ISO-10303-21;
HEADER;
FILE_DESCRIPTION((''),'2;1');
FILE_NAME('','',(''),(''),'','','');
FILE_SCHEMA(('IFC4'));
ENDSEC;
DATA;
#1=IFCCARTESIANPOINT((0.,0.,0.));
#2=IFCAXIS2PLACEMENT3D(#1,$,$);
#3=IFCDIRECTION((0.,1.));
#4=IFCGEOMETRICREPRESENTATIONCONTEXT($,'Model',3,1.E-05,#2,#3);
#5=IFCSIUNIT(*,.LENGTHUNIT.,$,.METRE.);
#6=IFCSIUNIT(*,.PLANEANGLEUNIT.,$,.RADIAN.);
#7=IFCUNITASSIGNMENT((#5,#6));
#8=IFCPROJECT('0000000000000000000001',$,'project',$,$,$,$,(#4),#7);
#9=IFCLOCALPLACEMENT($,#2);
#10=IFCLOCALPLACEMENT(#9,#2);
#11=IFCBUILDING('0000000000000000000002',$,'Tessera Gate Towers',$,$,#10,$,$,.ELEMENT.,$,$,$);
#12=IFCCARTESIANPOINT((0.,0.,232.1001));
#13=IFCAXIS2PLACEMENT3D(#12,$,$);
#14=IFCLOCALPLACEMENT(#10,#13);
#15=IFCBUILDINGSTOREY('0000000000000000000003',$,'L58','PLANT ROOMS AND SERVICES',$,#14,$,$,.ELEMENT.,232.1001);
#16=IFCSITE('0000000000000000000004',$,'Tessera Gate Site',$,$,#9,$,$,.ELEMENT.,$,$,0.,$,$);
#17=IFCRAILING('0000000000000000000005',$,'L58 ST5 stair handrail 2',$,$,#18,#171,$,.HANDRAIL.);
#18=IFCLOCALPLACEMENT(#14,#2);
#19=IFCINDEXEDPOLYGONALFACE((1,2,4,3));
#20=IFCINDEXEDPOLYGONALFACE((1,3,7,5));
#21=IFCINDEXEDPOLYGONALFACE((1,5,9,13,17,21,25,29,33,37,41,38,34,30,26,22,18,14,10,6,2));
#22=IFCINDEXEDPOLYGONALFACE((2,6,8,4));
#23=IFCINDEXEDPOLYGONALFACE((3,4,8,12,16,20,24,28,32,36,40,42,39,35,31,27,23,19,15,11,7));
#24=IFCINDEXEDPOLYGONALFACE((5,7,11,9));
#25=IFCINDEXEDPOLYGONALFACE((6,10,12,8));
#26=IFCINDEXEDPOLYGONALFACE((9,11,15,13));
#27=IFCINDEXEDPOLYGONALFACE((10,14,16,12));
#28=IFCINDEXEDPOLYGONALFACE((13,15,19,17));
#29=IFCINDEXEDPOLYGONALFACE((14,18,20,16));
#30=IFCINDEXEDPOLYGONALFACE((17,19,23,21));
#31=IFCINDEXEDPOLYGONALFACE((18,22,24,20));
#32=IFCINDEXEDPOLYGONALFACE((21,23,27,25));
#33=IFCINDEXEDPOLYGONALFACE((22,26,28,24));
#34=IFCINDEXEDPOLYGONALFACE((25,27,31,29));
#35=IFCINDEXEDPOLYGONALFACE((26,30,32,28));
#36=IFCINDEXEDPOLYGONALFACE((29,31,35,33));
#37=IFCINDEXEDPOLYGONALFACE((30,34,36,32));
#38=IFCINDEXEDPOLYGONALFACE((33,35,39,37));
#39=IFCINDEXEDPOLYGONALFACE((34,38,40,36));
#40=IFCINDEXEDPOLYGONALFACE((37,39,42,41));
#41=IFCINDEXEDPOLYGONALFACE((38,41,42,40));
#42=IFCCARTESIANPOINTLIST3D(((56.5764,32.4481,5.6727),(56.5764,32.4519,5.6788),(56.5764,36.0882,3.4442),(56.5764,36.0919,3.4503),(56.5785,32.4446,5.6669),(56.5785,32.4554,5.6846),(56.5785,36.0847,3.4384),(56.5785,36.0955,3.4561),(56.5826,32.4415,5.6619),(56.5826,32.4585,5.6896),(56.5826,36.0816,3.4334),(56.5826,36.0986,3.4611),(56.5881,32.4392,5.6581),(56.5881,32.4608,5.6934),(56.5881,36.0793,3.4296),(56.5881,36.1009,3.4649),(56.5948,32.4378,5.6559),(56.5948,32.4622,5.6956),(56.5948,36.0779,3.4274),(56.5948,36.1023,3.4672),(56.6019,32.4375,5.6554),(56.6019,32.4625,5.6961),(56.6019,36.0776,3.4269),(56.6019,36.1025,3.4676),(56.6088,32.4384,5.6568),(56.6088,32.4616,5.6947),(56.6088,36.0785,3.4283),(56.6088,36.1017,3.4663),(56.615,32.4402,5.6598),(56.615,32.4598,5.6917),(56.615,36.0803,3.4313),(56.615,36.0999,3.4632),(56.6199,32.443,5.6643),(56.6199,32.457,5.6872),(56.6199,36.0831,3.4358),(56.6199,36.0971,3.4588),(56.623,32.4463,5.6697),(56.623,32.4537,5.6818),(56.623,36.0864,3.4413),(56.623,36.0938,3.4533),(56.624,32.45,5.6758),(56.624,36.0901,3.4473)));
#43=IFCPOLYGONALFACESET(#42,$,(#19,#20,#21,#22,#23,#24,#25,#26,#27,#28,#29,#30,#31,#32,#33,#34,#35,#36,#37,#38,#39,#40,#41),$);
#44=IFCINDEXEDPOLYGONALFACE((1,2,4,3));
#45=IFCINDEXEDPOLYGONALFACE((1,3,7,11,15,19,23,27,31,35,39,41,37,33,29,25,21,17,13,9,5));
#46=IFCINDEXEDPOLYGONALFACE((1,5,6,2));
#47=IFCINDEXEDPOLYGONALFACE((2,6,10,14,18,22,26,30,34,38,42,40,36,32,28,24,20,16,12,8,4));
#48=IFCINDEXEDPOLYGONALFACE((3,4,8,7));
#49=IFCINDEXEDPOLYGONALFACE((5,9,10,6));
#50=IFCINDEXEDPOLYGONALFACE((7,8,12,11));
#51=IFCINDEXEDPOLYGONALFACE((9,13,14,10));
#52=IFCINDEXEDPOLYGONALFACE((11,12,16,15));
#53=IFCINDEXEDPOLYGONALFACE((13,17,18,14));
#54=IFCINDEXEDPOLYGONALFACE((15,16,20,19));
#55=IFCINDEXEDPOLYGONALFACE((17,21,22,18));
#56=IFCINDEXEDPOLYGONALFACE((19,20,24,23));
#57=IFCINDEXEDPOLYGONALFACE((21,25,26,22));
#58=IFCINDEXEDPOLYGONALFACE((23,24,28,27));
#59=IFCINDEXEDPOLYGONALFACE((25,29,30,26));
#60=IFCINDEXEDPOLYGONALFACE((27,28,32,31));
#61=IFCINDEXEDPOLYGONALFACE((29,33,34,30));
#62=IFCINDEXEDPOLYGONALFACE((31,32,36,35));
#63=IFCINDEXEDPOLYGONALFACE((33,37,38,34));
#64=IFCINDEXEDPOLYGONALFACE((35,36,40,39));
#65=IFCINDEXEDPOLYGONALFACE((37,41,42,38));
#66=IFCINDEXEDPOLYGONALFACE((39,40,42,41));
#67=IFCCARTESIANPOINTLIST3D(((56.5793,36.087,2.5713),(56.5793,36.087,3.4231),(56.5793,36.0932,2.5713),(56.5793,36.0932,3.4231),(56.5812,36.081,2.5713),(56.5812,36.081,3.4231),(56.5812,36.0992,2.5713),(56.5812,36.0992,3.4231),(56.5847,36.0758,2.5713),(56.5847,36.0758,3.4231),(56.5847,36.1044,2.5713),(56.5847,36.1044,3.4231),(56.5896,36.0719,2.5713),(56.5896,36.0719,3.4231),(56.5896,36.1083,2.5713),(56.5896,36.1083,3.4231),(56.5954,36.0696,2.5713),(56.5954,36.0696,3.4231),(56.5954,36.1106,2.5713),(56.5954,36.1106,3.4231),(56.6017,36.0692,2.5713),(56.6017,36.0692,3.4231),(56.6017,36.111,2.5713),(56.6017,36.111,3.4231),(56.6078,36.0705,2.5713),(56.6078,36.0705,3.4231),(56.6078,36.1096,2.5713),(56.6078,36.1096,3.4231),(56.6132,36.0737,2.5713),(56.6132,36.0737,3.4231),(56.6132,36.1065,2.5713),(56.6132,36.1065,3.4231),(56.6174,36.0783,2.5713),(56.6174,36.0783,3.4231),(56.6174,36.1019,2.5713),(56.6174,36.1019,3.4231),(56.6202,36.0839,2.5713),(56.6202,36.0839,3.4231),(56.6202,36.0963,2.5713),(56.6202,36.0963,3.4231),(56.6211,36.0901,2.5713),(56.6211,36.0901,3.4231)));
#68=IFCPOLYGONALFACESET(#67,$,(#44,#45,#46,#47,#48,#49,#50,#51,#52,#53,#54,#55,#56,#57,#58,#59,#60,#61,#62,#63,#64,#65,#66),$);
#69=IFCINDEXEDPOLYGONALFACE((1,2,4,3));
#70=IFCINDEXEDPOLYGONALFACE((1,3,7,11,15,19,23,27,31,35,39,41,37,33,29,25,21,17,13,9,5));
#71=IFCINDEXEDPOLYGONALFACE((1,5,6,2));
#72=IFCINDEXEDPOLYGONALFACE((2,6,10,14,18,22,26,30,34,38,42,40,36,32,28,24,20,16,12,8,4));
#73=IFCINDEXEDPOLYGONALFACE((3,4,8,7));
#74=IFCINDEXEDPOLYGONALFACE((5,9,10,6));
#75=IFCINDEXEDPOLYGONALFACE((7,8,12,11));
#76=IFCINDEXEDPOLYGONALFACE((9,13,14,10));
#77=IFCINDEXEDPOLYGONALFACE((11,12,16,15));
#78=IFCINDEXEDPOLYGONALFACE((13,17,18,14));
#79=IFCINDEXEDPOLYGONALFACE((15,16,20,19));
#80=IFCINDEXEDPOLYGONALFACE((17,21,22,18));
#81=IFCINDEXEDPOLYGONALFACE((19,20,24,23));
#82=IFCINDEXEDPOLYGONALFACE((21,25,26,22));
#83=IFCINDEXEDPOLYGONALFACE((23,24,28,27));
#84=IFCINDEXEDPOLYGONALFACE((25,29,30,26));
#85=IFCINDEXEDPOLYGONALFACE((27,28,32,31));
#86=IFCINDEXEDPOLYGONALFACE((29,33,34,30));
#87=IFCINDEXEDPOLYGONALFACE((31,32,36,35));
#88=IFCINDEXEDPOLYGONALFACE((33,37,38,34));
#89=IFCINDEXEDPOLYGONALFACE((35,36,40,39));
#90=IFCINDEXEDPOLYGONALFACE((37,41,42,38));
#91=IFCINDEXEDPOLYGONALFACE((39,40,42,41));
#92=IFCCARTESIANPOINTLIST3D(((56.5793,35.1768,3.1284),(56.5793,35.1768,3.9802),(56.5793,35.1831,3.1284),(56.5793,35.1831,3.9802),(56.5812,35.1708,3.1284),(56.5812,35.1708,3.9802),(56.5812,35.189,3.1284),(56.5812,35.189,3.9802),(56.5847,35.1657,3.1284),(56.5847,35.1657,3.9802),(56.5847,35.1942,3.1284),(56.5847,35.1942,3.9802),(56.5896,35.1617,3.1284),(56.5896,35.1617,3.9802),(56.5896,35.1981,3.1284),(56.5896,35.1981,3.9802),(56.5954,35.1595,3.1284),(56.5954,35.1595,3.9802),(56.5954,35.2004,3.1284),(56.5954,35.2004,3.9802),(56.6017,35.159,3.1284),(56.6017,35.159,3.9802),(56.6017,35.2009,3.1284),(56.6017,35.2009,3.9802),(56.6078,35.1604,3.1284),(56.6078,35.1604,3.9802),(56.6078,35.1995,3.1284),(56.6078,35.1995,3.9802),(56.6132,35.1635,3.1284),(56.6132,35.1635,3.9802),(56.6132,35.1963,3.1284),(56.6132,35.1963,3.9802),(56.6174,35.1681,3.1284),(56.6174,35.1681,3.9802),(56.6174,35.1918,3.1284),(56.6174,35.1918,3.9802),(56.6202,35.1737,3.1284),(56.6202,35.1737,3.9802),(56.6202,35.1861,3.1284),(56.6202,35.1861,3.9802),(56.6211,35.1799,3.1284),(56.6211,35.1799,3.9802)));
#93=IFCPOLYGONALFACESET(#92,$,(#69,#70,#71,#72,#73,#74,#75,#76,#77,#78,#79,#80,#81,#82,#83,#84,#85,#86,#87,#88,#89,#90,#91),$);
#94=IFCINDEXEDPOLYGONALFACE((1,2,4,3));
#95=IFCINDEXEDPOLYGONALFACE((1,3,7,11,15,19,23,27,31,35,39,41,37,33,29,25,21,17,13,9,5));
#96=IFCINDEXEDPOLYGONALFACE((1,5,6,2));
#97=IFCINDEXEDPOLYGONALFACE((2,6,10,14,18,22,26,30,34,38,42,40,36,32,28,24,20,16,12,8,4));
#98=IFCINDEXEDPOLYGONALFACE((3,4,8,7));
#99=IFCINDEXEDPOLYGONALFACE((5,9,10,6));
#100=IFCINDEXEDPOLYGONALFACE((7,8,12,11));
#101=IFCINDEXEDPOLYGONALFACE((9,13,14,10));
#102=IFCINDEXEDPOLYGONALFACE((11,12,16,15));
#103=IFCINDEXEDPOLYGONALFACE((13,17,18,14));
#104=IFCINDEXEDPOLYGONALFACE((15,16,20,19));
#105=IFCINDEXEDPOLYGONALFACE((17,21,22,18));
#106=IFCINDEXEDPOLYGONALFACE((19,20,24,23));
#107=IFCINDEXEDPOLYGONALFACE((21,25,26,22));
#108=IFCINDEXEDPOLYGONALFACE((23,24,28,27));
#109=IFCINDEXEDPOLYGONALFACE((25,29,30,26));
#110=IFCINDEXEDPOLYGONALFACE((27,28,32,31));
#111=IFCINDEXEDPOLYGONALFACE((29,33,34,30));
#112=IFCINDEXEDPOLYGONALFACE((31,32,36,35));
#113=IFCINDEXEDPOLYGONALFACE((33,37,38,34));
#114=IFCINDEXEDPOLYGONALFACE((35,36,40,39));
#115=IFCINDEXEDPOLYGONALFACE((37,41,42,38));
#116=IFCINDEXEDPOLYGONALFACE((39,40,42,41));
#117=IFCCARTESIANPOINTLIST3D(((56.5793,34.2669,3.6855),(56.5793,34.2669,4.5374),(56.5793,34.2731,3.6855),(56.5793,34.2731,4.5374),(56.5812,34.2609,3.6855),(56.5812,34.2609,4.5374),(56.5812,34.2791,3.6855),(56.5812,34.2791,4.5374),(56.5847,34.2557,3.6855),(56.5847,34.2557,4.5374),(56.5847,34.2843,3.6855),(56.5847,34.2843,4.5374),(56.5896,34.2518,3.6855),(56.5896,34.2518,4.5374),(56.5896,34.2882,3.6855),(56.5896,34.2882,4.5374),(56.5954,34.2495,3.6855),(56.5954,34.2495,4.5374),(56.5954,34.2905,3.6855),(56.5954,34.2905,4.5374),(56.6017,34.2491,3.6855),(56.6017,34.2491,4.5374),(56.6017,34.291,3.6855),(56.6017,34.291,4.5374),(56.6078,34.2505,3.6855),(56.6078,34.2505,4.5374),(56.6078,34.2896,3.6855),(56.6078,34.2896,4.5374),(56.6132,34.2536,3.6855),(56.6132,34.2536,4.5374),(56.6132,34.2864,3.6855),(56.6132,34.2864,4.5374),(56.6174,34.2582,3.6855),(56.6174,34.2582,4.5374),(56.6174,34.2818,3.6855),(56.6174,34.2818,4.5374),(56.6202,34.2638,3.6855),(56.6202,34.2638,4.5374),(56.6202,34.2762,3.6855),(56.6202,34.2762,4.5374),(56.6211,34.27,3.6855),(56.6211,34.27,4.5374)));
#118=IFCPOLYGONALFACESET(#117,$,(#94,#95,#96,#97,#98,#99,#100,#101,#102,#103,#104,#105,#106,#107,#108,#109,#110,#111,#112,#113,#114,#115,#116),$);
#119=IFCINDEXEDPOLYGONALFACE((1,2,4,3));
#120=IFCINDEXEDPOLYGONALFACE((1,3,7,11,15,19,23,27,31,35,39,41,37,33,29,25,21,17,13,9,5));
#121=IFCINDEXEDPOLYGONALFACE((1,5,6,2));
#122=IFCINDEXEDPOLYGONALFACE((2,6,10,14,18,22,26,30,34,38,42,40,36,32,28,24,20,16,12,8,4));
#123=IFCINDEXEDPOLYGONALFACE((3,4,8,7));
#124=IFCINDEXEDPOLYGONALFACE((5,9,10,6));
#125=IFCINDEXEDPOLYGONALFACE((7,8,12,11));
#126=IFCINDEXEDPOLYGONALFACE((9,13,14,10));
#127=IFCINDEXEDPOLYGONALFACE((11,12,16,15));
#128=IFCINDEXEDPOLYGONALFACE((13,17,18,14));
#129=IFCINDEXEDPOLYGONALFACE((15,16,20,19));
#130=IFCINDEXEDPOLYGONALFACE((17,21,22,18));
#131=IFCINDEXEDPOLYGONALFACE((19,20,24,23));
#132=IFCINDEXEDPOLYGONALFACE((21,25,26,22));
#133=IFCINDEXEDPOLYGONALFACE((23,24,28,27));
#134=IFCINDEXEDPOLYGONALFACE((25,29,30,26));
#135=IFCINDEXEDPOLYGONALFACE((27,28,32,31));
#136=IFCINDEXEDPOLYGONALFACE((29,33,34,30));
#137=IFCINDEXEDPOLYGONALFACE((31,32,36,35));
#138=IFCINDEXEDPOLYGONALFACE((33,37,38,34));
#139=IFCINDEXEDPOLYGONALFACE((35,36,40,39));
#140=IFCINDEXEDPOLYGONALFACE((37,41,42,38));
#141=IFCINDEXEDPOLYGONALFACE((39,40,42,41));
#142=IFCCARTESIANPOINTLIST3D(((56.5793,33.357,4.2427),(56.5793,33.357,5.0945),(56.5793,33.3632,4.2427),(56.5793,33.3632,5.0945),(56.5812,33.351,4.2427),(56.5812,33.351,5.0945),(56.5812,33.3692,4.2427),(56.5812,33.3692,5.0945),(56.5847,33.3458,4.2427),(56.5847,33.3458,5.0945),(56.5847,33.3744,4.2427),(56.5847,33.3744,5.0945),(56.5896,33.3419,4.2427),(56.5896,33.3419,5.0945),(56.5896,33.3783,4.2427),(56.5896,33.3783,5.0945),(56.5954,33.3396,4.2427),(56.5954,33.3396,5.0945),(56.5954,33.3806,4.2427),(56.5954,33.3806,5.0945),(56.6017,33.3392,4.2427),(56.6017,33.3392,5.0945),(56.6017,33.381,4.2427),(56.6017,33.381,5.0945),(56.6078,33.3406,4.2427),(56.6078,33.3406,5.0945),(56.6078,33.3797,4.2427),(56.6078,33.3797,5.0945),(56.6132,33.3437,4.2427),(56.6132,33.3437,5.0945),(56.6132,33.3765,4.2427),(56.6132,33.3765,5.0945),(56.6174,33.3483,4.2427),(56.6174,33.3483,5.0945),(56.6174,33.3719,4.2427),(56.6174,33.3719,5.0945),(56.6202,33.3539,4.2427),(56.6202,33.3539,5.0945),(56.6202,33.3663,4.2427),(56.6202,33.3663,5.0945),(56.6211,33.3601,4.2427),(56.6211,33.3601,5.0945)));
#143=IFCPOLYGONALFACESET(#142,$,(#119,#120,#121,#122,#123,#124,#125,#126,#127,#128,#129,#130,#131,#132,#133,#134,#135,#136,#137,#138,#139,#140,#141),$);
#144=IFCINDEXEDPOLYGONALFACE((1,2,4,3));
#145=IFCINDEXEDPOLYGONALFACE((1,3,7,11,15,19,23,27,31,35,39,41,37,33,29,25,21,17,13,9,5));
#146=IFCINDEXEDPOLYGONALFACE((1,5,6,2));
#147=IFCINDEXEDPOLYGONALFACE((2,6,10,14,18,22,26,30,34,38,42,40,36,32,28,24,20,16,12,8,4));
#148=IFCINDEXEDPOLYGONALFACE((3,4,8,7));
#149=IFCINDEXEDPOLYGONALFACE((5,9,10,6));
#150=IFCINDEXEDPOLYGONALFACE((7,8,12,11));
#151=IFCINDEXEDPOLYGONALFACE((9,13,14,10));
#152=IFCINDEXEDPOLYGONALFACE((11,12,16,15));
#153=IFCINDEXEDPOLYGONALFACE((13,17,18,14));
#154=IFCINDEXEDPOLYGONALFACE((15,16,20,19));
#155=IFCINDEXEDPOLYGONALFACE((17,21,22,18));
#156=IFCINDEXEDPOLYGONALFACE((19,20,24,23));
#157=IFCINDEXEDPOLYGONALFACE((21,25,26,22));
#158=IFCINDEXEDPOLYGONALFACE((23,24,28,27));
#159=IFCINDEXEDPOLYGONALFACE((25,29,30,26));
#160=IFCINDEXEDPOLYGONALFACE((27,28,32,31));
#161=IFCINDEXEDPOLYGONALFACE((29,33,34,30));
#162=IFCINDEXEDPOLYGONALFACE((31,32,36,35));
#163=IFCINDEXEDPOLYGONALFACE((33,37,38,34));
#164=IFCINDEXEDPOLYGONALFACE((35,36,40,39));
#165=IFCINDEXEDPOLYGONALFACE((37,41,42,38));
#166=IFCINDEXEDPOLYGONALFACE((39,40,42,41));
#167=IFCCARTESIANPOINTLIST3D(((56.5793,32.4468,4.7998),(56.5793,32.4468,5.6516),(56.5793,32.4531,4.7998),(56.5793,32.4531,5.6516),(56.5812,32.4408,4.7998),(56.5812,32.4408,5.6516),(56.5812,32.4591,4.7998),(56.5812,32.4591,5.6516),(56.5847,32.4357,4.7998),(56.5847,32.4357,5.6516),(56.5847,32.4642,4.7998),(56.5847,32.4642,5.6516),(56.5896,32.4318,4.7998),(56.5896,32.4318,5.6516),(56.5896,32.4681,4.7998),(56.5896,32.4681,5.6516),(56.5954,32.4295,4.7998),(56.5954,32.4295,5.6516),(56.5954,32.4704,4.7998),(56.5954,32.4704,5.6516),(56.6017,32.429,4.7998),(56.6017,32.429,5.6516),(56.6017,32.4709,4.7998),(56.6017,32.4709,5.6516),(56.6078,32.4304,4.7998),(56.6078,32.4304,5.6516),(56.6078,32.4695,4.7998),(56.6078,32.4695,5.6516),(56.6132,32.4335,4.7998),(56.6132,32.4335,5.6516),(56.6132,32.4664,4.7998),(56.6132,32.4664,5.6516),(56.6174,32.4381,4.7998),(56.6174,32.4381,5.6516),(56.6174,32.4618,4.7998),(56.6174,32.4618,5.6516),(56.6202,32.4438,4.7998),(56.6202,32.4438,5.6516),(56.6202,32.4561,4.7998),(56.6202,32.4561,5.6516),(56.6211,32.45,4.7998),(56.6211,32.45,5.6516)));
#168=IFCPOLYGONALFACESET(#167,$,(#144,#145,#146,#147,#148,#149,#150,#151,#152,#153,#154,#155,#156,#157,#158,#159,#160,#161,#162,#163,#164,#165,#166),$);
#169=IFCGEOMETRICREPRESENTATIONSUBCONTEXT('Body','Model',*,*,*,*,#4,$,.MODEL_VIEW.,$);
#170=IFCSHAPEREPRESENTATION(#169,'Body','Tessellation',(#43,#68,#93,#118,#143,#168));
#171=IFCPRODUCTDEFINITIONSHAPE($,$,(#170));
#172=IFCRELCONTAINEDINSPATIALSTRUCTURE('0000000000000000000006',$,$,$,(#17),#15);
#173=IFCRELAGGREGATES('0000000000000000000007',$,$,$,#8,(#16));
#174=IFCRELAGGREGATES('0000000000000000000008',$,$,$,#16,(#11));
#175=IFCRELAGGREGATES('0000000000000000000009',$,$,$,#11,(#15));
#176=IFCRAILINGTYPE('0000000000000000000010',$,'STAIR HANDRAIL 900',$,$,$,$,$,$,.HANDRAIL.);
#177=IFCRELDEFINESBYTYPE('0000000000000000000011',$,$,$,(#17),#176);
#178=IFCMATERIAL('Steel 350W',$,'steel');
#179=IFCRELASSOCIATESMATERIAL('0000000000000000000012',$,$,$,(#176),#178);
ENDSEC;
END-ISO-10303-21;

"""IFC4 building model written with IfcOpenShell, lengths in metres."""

from ifc_helpers import new_model, si_unit, direction, frame, origin, origin_2d, place, context, subcontext, project, spatial, circle, extrude, material, type_object, element, save


model = new_model("IFC4")

# Units and contexts
model_context = context("Model", 3, precision=1e-05, world=origin(), true_north=direction((0.0, 1.0)))
body_context = subcontext(model_context, "Body", "Model", "MODEL_VIEW")
ifc_project = project(units=[si_unit("LENGTHUNIT", "METRE"), si_unit("PLANEANGLEUNIT", "RADIAN")], contexts=[model_context])

# Site, building, storey
site_placement = place(None, origin())
site = spatial("IfcSite", under=ifc_project, at=site_placement, Name="Tessera Gate Site", CompositionType="ELEMENT", RefElevation=0.0)
building_placement = place(site_placement, origin())
building = spatial("IfcBuilding", under=site, at=building_placement, Name="Tessera Gate Towers", CompositionType="ELEMENT")
storey_placement = place(building_placement, frame((0.0, 0.0, 232.1001)))
storey = spatial("IfcBuildingStorey", under=building, at=storey_placement, Name="L58", Description="PLANT ROOMS AND SERVICES", CompositionType="ELEMENT", Elevation=232.1001)

# Railing
ifc_material_1 = material(Name="Steel 350W", Category="steel")
railing_type_1 = type_object("IfcRailingType", Name="STAIR HANDRAIL 900", PredefinedType="HANDRAIL", material=ifc_material_1)
railing_1_placement = place(storey_placement, frame((56.6001, 36.0901, 2.5713)))
element("IfcRailing", 1, at=railing_1_placement, inside=storey, type_object=railing_type_1, Name="L58 ST5 stair handrail 2", PredefinedType="HANDRAIL", context=body_context, shape_type="SweptSolid", body=[
    extrude(circle(Radius=0.0239, at=origin_2d()), frame((0.0, 0.0, 0.876), z_axis=(0.0, -0.852866, 0.52213), x_axis=(1.0, 0.0, 0.0)), (0.0, 0.0, 1.0), 4.2681),
    extrude(circle(Radius=0.021, at=origin_2d()), origin(), (0.0, 0.0, 1.0), 0.8518),
    extrude(circle(Radius=0.021, at=origin_2d()), frame((0.0, -0.9102, 0.5571)), (0.0, 0.0, 1.0), 0.8518),
    extrude(circle(Radius=0.021, at=origin_2d()), frame((0.0, -1.8201, 1.1143)), (0.0, 0.0, 1.0), 0.8518),
    extrude(circle(Radius=0.021, at=origin_2d()), frame((0.0, -2.73, 1.6714)), (0.0, 0.0, 1.0), 0.8518),
    extrude(circle(Radius=0.021, at=origin_2d()), frame((0.0, -3.6401, 2.2285)), (0.0, 0.0, 1.0), 0.8518),
])

save(model, "model.ifc")
